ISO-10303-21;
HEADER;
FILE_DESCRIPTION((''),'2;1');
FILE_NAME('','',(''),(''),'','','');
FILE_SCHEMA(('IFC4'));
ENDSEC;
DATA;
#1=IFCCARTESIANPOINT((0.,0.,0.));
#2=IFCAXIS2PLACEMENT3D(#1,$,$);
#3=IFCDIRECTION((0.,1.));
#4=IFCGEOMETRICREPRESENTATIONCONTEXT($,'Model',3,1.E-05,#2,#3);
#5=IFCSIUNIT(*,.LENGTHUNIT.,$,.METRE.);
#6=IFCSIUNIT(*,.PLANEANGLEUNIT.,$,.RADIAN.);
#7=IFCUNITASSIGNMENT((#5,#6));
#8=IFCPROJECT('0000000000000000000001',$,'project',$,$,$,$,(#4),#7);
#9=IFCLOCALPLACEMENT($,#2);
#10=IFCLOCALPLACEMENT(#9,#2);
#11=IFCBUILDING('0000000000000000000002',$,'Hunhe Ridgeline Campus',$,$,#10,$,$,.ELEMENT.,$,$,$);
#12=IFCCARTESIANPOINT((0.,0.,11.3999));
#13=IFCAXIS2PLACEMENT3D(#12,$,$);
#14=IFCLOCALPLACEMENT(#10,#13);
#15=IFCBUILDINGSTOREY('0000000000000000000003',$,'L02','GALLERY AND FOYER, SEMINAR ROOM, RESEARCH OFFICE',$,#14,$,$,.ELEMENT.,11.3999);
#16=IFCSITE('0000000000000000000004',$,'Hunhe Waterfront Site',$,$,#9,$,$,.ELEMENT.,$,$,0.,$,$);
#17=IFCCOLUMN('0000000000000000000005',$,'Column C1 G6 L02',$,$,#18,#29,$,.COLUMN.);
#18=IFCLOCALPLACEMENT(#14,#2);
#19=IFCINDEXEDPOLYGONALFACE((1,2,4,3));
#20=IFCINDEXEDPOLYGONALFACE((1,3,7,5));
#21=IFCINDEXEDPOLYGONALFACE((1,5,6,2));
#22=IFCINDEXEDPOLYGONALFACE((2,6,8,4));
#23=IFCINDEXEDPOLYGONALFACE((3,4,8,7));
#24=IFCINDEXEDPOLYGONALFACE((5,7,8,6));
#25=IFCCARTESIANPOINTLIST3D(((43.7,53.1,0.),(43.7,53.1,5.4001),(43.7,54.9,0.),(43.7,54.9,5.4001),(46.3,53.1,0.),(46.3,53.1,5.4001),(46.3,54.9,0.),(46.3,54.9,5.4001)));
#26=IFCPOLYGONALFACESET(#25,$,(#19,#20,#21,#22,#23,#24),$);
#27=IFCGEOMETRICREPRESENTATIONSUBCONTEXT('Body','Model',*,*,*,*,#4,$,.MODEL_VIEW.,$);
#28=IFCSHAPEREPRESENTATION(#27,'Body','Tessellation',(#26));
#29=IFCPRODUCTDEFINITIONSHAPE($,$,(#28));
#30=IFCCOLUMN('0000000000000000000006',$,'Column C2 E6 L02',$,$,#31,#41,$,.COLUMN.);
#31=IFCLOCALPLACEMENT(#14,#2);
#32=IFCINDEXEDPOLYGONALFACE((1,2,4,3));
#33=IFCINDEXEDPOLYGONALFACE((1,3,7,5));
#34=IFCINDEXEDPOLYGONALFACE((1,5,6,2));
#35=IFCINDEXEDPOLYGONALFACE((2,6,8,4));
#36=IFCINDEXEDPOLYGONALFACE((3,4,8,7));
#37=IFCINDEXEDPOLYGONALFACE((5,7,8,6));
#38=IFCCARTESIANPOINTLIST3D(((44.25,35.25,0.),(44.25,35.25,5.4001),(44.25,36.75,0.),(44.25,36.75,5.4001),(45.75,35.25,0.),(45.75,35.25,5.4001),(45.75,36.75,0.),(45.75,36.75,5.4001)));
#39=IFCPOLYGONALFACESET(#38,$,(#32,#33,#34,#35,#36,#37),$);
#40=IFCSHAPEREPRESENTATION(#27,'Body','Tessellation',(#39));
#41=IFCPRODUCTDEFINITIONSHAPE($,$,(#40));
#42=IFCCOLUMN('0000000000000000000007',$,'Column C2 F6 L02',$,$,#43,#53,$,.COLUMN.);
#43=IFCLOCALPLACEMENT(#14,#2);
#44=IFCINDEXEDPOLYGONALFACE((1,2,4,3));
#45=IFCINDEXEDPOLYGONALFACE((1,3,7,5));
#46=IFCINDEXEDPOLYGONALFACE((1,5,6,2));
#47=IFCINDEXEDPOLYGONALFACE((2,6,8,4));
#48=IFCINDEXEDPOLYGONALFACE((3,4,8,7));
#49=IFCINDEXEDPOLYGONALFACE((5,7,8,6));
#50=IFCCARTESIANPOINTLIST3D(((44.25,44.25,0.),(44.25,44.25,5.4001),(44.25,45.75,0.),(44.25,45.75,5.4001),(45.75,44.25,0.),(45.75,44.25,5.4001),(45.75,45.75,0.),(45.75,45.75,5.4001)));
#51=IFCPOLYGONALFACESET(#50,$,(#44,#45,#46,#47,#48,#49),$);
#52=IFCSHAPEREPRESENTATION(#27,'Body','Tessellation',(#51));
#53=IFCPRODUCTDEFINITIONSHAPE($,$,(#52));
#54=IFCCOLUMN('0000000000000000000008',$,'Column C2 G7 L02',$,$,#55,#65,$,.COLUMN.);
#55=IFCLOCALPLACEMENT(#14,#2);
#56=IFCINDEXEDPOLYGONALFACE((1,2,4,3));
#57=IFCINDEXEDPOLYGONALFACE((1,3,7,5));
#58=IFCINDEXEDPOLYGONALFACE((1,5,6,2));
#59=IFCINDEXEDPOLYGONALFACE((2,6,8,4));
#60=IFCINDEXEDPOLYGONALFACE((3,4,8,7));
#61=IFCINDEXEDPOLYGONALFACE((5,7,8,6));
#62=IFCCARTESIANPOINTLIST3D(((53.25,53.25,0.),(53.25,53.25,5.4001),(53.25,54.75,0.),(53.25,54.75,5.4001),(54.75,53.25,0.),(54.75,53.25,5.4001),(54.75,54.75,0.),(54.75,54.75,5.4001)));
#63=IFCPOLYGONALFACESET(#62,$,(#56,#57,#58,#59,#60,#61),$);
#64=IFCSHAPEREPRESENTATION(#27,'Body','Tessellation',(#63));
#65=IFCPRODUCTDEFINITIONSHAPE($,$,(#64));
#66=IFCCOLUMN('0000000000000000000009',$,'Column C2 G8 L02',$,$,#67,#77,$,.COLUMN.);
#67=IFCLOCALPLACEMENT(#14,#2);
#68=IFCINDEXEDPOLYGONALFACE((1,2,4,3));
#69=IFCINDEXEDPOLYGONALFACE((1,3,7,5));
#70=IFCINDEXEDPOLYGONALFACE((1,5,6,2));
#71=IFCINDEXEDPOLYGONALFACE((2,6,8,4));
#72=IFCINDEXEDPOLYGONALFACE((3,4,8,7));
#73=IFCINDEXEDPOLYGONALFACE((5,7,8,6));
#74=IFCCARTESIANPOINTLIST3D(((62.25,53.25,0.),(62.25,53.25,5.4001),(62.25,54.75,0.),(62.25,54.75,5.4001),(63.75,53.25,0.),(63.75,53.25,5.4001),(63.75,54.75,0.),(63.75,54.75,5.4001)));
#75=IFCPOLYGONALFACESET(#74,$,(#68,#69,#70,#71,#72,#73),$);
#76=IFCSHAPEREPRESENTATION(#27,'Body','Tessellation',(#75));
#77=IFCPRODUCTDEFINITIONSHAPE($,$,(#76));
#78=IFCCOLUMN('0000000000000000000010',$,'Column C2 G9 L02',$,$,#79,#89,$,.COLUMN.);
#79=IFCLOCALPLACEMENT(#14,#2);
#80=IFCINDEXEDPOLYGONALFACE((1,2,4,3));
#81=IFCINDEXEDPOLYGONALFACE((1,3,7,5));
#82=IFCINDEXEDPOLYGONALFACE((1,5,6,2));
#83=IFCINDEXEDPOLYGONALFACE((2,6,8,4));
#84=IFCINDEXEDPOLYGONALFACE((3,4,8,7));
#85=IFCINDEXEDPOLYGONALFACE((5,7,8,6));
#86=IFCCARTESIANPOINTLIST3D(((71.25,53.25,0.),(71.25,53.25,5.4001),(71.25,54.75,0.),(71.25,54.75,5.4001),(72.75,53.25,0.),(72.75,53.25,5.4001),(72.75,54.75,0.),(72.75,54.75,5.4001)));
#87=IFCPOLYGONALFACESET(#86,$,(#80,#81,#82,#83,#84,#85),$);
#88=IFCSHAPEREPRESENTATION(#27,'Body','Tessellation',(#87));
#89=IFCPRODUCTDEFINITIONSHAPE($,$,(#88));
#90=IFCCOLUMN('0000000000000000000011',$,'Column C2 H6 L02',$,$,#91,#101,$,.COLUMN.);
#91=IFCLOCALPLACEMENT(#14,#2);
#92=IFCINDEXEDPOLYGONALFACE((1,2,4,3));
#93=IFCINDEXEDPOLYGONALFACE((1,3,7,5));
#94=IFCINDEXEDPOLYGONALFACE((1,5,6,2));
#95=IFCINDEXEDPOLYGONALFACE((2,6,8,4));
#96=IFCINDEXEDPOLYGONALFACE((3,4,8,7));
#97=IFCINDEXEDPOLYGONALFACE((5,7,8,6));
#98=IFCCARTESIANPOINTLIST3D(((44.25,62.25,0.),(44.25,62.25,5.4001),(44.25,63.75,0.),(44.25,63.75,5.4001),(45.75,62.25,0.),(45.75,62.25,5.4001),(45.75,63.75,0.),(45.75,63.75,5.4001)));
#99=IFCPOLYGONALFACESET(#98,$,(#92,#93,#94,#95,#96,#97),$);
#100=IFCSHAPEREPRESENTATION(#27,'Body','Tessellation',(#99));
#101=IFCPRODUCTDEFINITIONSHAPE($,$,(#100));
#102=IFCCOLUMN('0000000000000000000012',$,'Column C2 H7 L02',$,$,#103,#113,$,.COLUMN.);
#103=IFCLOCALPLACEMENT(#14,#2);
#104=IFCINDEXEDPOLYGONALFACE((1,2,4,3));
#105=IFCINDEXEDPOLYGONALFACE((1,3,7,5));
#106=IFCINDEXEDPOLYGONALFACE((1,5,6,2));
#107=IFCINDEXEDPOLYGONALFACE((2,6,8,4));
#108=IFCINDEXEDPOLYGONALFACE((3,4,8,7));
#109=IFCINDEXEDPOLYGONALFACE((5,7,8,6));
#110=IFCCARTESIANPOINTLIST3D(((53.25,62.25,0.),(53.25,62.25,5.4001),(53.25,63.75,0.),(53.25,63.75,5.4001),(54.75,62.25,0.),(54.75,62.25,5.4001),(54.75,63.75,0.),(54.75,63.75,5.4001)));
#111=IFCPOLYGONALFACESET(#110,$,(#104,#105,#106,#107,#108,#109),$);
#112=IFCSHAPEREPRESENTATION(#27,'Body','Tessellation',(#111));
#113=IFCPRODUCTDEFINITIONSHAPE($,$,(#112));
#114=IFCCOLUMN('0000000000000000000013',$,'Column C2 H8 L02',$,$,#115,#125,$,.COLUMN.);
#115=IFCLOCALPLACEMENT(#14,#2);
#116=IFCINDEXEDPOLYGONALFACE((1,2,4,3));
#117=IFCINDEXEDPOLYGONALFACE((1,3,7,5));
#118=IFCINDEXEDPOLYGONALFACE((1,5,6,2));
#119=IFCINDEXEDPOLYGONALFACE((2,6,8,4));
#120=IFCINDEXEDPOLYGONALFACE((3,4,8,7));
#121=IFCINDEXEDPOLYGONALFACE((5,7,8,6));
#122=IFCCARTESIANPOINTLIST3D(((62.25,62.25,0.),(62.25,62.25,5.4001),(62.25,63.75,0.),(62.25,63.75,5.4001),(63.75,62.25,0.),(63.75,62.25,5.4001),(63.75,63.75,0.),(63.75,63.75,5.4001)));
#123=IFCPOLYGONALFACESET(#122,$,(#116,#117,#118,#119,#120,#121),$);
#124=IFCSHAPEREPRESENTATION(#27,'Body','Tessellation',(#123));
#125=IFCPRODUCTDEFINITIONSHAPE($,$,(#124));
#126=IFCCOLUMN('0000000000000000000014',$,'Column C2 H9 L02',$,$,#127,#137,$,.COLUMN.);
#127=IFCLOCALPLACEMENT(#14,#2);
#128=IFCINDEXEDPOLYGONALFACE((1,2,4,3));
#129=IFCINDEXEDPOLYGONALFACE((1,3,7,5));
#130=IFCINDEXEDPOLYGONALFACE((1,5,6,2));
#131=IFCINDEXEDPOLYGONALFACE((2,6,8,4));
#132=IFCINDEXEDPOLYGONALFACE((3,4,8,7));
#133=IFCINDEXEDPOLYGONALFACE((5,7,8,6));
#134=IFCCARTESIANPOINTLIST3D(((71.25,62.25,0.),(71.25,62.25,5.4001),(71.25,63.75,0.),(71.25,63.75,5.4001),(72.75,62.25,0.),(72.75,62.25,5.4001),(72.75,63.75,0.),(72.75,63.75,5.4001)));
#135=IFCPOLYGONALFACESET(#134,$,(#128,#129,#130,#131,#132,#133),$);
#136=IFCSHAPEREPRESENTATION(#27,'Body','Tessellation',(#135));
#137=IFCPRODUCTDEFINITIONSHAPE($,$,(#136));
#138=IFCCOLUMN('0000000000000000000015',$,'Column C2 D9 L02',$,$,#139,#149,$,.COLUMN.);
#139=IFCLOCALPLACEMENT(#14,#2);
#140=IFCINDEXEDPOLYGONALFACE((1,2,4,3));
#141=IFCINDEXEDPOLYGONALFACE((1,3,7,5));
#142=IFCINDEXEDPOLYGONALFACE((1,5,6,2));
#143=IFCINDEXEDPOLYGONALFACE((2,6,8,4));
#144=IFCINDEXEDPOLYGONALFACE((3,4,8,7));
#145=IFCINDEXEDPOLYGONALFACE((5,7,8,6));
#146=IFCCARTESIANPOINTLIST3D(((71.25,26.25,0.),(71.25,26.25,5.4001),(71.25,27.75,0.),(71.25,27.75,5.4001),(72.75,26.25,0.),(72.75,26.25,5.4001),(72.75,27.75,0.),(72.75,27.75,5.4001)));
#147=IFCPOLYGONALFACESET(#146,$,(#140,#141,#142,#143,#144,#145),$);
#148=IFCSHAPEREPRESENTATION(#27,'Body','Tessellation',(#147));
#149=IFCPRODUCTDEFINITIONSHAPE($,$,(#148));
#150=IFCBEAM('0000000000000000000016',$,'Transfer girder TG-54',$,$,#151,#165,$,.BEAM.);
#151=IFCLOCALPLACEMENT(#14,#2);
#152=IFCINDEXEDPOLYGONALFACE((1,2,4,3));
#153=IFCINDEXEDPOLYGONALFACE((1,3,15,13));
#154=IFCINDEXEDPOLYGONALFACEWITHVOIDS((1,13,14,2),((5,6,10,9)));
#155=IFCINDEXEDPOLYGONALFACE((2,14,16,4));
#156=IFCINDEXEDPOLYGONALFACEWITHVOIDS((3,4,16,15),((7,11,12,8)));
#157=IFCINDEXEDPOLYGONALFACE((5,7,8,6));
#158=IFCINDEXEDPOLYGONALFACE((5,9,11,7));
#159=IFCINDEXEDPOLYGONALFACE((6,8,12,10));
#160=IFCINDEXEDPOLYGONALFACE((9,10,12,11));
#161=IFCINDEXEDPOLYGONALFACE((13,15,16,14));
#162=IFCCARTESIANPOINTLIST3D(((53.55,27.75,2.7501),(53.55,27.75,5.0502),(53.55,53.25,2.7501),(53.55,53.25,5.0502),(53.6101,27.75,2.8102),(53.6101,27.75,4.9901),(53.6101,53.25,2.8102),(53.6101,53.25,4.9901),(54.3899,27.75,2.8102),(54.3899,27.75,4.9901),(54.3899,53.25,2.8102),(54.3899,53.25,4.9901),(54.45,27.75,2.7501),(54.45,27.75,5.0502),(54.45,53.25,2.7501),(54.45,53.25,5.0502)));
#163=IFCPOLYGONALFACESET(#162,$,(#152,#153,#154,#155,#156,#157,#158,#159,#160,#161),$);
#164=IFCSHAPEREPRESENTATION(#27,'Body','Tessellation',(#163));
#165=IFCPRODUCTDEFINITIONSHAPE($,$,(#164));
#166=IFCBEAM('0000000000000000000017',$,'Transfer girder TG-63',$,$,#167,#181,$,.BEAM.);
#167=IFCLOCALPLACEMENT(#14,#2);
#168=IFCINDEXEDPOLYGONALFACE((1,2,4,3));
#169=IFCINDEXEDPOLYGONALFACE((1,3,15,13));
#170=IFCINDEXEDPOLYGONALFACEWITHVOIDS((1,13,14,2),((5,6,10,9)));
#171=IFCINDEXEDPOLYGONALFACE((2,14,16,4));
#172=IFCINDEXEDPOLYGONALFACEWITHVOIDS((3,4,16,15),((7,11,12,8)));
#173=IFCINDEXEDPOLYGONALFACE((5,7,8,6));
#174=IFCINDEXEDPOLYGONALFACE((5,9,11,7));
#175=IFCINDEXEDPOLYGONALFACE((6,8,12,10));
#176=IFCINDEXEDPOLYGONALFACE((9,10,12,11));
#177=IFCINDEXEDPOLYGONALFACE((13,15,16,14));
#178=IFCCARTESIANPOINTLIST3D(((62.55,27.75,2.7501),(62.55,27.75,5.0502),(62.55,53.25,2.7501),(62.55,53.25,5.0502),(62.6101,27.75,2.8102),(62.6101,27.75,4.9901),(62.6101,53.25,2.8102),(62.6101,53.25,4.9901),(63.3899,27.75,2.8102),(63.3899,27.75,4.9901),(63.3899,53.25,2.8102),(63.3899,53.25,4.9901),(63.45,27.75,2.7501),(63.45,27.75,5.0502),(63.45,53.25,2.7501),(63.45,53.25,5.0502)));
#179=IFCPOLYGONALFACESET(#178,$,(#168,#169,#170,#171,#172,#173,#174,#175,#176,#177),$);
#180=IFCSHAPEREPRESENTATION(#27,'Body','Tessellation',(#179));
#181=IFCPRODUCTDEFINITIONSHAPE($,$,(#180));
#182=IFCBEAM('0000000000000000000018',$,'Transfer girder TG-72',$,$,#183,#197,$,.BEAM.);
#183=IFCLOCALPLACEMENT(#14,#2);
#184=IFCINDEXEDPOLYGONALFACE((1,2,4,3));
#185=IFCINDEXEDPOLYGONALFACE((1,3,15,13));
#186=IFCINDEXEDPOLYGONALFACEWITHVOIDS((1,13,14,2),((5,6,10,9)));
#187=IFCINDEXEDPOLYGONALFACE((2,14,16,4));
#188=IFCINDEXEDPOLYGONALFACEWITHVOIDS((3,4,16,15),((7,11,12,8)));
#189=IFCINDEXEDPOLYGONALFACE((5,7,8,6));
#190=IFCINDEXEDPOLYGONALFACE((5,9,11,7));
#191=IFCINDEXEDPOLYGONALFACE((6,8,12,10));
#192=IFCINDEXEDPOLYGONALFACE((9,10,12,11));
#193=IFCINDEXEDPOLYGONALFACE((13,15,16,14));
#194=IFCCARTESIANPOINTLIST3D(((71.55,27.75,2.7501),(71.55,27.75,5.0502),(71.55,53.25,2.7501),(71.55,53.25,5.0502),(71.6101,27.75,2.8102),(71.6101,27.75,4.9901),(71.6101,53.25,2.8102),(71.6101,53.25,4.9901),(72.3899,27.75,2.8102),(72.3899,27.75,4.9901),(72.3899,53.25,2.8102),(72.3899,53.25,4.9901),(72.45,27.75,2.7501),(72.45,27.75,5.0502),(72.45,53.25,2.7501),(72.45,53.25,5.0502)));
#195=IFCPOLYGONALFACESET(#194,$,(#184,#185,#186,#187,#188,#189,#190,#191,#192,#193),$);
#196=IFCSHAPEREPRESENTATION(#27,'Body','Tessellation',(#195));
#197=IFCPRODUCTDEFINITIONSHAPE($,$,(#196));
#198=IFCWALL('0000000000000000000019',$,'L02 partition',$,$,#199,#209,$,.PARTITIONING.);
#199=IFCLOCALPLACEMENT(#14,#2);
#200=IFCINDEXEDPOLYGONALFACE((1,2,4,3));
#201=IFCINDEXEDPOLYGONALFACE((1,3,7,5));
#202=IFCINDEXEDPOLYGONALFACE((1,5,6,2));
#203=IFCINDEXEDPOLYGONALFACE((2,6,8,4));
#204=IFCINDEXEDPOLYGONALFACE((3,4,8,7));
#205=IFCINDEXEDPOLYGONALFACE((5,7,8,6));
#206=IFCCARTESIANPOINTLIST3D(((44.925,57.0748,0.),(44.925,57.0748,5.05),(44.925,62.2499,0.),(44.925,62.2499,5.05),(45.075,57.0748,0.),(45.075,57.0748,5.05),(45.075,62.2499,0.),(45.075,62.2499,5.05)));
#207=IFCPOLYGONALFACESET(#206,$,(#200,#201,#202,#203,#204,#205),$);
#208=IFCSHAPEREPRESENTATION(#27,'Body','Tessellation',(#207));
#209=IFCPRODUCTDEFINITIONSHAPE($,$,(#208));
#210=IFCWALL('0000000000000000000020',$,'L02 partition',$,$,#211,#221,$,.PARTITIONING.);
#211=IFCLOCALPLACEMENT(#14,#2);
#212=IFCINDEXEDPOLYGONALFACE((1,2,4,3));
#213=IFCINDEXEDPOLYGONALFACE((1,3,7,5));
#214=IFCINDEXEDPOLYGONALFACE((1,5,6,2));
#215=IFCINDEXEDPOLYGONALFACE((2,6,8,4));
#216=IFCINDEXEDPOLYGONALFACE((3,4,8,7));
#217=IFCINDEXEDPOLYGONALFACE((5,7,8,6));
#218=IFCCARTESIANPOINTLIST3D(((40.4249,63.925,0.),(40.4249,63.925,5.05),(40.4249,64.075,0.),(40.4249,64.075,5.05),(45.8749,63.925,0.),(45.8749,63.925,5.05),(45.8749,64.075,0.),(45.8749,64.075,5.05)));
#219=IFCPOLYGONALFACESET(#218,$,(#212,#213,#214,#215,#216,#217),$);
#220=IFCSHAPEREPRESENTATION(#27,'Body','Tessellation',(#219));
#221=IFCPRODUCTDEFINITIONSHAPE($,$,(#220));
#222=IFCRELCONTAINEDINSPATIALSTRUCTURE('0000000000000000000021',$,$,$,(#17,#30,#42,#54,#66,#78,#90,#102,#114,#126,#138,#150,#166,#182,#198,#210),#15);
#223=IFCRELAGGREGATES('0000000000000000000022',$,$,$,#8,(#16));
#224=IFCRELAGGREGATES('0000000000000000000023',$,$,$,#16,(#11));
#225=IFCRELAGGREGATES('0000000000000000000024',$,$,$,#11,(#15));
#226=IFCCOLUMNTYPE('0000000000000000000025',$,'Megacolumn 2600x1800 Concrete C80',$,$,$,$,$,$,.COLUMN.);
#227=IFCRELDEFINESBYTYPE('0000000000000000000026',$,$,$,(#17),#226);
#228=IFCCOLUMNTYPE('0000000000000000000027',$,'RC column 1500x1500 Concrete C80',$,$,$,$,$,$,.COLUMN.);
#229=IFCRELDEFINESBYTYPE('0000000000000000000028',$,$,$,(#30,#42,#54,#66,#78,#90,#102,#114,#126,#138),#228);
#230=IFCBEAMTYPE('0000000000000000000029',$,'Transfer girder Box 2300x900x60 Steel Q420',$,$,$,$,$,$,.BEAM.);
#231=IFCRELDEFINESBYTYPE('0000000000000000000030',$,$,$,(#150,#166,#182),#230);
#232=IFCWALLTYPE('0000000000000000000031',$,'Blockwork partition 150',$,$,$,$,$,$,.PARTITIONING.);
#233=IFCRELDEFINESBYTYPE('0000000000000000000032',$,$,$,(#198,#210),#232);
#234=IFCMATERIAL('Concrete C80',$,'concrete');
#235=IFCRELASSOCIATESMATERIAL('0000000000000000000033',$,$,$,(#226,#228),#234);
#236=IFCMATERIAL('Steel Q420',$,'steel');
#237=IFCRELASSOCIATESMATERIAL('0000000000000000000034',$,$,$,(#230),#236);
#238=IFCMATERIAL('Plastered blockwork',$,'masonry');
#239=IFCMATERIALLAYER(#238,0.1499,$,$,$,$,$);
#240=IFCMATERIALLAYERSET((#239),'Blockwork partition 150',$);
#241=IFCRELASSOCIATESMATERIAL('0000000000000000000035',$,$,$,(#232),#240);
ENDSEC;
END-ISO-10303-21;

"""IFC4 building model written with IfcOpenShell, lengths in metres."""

from ifc_helpers import new_model, si_unit, direction, frame, frame_2d, origin, origin_2d, place, context, subcontext, project, spatial, rectangle, hollow_rectangle, extrude, material, layer, layer_set, material_profile, profile_set, type_object, element, save


model = new_model("IFC4")

# Units and contexts
model_context = context("Model", 3, precision=1e-05, world=origin(), true_north=direction((0.0, 1.0)))
body_context = subcontext(model_context, "Body", "Model", "MODEL_VIEW")
ifc_project = project(units=[si_unit("LENGTHUNIT", "METRE"), si_unit("PLANEANGLEUNIT", "RADIAN")], contexts=[model_context])

# Site, building, storey
site_placement = place(None, origin())
site = spatial("IfcSite", under=ifc_project, at=site_placement, Name="Hunhe Waterfront Site", CompositionType="ELEMENT", RefElevation=0.0)
building_placement = place(site_placement, origin())
building = spatial("IfcBuilding", under=site, at=building_placement, Name="Hunhe Ridgeline Campus", CompositionType="ELEMENT")
storey_placement = place(building_placement, frame((0.0, 0.0, 11.3999)))
storey = spatial("IfcBuildingStorey", under=building, at=storey_placement, Name="L02", Description="GALLERY AND FOYER, SEMINAR ROOM, RESEARCH OFFICE", CompositionType="ELEMENT", Elevation=11.3999)

# Columns
ifc_material_1 = material(Name="Concrete C80", Category="concrete")
ifc_material_profile_1 = material_profile(ifc_material_1, rectangle(XDim=2.6001, YDim=1.8, at=origin_2d()))
ifc_profile_set_1 = profile_set([ifc_material_profile_1], Name="Concrete C80")
column_type_1 = type_object("IfcColumnType", Name="Megacolumn 2600x1800 Concrete C80", PredefinedType="COLUMN", material=ifc_profile_set_1)
column_placement = place(storey_placement, frame((45.0, 54.0, 0.0), z_axis=(0.0, 0.0, 1.0), x_axis=(1.0, 0.0, 0.0)))
element("IfcColumn", 1, at=column_placement, inside=storey, type_object=column_type_1, Name="Column C1 G6 L02", PredefinedType="COLUMN", context=body_context, shape_type="SweptSolid", body=[
    extrude(rectangle(XDim=2.6001, YDim=1.8, at=origin_2d()), origin(), (0.0, 0.0, 1.0), 5.4001),
])
ifc_material_profile_2 = material_profile(ifc_material_1, rectangle(XDim=1.5, YDim=1.5, at=origin_2d()))
ifc_profile_set_2 = profile_set([ifc_material_profile_2], Name="Concrete C80")
column_type_2 = type_object("IfcColumnType", Name="RC column 1500x1500 Concrete C80", PredefinedType="COLUMN", material=ifc_profile_set_2)
for number, where, z_axis, x_axis, name in (
    (2, (45.0, 36.0, 0.0), (0.0, 0.0, 1.0), (1.0, 0.0, 0.0), "Column C2 E6 L02"),
    (3, (45.0, 45.0, 0.0), (0.0, 0.0, 1.0), (1.0, 0.0, 0.0), "Column C2 F6 L02"),
    (4, (54.0, 54.0, 0.0), (0.0, 0.0, 1.0), (1.0, 0.0, 0.0), "Column C2 G7 L02"),
    (5, (63.0, 54.0, 0.0), (0.0, 0.0, 1.0), (1.0, 0.0, 0.0), "Column C2 G8 L02"),
    (6, (72.0, 54.0, 0.0), (0.0, 0.0, 1.0), (1.0, 0.0, 0.0), "Column C2 G9 L02"),
    (7, (45.0, 63.0, 0.0), (0.0, 0.0, 1.0), (1.0, 0.0, 0.0), "Column C2 H6 L02"),
    (8, (54.0, 63.0, 0.0), (0.0, 0.0, 1.0), (1.0, 0.0, 0.0), "Column C2 H7 L02"),
    (9, (63.0, 63.0, 0.0), (0.0, 0.0, 1.0), (1.0, 0.0, 0.0), "Column C2 H8 L02"),
    (10, (72.0, 63.0, 0.0), (0.0, 0.0, 1.0), (1.0, 0.0, 0.0), "Column C2 H9 L02"),
    (11, (72.0, 27.0, 0.0), (0.0, 0.0, 1.0), (1.0, 0.0, 0.0), "Column C2 D9 L02"),
):
    element("IfcColumn", number, at=place(storey_placement, frame(where, z_axis=z_axis, x_axis=x_axis)), inside=storey, type_object=column_type_2, Name=name, PredefinedType="COLUMN", context=body_context, shape_type="SweptSolid", body=[
        extrude(rectangle(XDim=1.5, YDim=1.5, at=origin_2d()), origin(), (0.0, 0.0, 1.0), 5.4001),
    ])

# Beams
ifc_material_2 = material(Name="Steel Q420", Category="steel")
ifc_material_profile_3 = material_profile(ifc_material_2, hollow_rectangle(XDim=0.8999, YDim=2.3, WallThickness=0.0601, at=origin_2d()))
ifc_profile_set_3 = profile_set([ifc_material_profile_3], Name="Steel Q420")
beam_type = type_object("IfcBeamType", Name="Transfer girder Box 2300x900x60 Steel Q420", PredefinedType="BEAM", material=ifc_profile_set_3)
for number, where, z_axis, x_axis, name in (
    (12, (54.0, 27.75, 3.9001), (0.0, 1.0, 0.0), (-1.0, 0.0, 0.0), "Transfer girder TG-54"),
    (13, (63.0, 27.75, 3.9001), (0.0, 1.0, 0.0), (-1.0, 0.0, 0.0), "Transfer girder TG-63"),
    (14, (72.0, 27.75, 3.9001), (0.0, 1.0, 0.0), (-1.0, 0.0, 0.0), "Transfer girder TG-72"),
):
    element("IfcBeam", number, at=place(storey_placement, frame(where, z_axis=z_axis, x_axis=x_axis)), inside=storey, type_object=beam_type, Name=name, PredefinedType="BEAM", context=body_context, shape_type="SweptSolid", body=[
        extrude(hollow_rectangle(XDim=0.8999, YDim=2.3, WallThickness=0.0601, at=origin_2d()), origin(), (0.0, 0.0, 1.0), 25.5),
    ])

# Walls
ifc_material_3 = material(Name="Plastered blockwork", Category="masonry")
ifc_layer_1 = layer(ifc_material_3, 0.1499)
ifc_layer_set_1 = layer_set([ifc_layer_1], Name="Blockwork partition 150")
wall_type_1 = type_object("IfcWallType", Name="Blockwork partition 150", PredefinedType="PARTITIONING", material=ifc_layer_set_1)
wall_1_placement = place(storey_placement, frame((45.0, 57.075, 0.0), z_axis=(0.0, 0.0, 1.0), x_axis=(0.0, 1.0, 0.0)))
element("IfcWall", 15, at=wall_1_placement, inside=storey, type_object=wall_type_1, Name="L02 partition", PredefinedType="PARTITIONING", context=body_context, shape_type="SweptSolid", body=[
    extrude(rectangle(XDim=5.175, YDim=0.1499, at=frame_2d((2.5874, 0.0))), origin(), (0.0, 0.0, 1.0), 5.05),
])
wall_2_placement = place(storey_placement, frame((45.875, 64.0, 0.0), z_axis=(0.0, 0.0, 1.0), x_axis=(-1.0, 0.0, 0.0)))
element("IfcWall", 16, at=wall_2_placement, inside=storey, type_object=wall_type_1, Name="L02 partition", PredefinedType="PARTITIONING", context=body_context, shape_type="SweptSolid", body=[
    extrude(rectangle(XDim=5.45, YDim=0.1499, at=frame_2d((2.7251, 0.0))), origin(), (0.0, 0.0, 1.0), 5.05),
])

save(model, "model.ifc")
